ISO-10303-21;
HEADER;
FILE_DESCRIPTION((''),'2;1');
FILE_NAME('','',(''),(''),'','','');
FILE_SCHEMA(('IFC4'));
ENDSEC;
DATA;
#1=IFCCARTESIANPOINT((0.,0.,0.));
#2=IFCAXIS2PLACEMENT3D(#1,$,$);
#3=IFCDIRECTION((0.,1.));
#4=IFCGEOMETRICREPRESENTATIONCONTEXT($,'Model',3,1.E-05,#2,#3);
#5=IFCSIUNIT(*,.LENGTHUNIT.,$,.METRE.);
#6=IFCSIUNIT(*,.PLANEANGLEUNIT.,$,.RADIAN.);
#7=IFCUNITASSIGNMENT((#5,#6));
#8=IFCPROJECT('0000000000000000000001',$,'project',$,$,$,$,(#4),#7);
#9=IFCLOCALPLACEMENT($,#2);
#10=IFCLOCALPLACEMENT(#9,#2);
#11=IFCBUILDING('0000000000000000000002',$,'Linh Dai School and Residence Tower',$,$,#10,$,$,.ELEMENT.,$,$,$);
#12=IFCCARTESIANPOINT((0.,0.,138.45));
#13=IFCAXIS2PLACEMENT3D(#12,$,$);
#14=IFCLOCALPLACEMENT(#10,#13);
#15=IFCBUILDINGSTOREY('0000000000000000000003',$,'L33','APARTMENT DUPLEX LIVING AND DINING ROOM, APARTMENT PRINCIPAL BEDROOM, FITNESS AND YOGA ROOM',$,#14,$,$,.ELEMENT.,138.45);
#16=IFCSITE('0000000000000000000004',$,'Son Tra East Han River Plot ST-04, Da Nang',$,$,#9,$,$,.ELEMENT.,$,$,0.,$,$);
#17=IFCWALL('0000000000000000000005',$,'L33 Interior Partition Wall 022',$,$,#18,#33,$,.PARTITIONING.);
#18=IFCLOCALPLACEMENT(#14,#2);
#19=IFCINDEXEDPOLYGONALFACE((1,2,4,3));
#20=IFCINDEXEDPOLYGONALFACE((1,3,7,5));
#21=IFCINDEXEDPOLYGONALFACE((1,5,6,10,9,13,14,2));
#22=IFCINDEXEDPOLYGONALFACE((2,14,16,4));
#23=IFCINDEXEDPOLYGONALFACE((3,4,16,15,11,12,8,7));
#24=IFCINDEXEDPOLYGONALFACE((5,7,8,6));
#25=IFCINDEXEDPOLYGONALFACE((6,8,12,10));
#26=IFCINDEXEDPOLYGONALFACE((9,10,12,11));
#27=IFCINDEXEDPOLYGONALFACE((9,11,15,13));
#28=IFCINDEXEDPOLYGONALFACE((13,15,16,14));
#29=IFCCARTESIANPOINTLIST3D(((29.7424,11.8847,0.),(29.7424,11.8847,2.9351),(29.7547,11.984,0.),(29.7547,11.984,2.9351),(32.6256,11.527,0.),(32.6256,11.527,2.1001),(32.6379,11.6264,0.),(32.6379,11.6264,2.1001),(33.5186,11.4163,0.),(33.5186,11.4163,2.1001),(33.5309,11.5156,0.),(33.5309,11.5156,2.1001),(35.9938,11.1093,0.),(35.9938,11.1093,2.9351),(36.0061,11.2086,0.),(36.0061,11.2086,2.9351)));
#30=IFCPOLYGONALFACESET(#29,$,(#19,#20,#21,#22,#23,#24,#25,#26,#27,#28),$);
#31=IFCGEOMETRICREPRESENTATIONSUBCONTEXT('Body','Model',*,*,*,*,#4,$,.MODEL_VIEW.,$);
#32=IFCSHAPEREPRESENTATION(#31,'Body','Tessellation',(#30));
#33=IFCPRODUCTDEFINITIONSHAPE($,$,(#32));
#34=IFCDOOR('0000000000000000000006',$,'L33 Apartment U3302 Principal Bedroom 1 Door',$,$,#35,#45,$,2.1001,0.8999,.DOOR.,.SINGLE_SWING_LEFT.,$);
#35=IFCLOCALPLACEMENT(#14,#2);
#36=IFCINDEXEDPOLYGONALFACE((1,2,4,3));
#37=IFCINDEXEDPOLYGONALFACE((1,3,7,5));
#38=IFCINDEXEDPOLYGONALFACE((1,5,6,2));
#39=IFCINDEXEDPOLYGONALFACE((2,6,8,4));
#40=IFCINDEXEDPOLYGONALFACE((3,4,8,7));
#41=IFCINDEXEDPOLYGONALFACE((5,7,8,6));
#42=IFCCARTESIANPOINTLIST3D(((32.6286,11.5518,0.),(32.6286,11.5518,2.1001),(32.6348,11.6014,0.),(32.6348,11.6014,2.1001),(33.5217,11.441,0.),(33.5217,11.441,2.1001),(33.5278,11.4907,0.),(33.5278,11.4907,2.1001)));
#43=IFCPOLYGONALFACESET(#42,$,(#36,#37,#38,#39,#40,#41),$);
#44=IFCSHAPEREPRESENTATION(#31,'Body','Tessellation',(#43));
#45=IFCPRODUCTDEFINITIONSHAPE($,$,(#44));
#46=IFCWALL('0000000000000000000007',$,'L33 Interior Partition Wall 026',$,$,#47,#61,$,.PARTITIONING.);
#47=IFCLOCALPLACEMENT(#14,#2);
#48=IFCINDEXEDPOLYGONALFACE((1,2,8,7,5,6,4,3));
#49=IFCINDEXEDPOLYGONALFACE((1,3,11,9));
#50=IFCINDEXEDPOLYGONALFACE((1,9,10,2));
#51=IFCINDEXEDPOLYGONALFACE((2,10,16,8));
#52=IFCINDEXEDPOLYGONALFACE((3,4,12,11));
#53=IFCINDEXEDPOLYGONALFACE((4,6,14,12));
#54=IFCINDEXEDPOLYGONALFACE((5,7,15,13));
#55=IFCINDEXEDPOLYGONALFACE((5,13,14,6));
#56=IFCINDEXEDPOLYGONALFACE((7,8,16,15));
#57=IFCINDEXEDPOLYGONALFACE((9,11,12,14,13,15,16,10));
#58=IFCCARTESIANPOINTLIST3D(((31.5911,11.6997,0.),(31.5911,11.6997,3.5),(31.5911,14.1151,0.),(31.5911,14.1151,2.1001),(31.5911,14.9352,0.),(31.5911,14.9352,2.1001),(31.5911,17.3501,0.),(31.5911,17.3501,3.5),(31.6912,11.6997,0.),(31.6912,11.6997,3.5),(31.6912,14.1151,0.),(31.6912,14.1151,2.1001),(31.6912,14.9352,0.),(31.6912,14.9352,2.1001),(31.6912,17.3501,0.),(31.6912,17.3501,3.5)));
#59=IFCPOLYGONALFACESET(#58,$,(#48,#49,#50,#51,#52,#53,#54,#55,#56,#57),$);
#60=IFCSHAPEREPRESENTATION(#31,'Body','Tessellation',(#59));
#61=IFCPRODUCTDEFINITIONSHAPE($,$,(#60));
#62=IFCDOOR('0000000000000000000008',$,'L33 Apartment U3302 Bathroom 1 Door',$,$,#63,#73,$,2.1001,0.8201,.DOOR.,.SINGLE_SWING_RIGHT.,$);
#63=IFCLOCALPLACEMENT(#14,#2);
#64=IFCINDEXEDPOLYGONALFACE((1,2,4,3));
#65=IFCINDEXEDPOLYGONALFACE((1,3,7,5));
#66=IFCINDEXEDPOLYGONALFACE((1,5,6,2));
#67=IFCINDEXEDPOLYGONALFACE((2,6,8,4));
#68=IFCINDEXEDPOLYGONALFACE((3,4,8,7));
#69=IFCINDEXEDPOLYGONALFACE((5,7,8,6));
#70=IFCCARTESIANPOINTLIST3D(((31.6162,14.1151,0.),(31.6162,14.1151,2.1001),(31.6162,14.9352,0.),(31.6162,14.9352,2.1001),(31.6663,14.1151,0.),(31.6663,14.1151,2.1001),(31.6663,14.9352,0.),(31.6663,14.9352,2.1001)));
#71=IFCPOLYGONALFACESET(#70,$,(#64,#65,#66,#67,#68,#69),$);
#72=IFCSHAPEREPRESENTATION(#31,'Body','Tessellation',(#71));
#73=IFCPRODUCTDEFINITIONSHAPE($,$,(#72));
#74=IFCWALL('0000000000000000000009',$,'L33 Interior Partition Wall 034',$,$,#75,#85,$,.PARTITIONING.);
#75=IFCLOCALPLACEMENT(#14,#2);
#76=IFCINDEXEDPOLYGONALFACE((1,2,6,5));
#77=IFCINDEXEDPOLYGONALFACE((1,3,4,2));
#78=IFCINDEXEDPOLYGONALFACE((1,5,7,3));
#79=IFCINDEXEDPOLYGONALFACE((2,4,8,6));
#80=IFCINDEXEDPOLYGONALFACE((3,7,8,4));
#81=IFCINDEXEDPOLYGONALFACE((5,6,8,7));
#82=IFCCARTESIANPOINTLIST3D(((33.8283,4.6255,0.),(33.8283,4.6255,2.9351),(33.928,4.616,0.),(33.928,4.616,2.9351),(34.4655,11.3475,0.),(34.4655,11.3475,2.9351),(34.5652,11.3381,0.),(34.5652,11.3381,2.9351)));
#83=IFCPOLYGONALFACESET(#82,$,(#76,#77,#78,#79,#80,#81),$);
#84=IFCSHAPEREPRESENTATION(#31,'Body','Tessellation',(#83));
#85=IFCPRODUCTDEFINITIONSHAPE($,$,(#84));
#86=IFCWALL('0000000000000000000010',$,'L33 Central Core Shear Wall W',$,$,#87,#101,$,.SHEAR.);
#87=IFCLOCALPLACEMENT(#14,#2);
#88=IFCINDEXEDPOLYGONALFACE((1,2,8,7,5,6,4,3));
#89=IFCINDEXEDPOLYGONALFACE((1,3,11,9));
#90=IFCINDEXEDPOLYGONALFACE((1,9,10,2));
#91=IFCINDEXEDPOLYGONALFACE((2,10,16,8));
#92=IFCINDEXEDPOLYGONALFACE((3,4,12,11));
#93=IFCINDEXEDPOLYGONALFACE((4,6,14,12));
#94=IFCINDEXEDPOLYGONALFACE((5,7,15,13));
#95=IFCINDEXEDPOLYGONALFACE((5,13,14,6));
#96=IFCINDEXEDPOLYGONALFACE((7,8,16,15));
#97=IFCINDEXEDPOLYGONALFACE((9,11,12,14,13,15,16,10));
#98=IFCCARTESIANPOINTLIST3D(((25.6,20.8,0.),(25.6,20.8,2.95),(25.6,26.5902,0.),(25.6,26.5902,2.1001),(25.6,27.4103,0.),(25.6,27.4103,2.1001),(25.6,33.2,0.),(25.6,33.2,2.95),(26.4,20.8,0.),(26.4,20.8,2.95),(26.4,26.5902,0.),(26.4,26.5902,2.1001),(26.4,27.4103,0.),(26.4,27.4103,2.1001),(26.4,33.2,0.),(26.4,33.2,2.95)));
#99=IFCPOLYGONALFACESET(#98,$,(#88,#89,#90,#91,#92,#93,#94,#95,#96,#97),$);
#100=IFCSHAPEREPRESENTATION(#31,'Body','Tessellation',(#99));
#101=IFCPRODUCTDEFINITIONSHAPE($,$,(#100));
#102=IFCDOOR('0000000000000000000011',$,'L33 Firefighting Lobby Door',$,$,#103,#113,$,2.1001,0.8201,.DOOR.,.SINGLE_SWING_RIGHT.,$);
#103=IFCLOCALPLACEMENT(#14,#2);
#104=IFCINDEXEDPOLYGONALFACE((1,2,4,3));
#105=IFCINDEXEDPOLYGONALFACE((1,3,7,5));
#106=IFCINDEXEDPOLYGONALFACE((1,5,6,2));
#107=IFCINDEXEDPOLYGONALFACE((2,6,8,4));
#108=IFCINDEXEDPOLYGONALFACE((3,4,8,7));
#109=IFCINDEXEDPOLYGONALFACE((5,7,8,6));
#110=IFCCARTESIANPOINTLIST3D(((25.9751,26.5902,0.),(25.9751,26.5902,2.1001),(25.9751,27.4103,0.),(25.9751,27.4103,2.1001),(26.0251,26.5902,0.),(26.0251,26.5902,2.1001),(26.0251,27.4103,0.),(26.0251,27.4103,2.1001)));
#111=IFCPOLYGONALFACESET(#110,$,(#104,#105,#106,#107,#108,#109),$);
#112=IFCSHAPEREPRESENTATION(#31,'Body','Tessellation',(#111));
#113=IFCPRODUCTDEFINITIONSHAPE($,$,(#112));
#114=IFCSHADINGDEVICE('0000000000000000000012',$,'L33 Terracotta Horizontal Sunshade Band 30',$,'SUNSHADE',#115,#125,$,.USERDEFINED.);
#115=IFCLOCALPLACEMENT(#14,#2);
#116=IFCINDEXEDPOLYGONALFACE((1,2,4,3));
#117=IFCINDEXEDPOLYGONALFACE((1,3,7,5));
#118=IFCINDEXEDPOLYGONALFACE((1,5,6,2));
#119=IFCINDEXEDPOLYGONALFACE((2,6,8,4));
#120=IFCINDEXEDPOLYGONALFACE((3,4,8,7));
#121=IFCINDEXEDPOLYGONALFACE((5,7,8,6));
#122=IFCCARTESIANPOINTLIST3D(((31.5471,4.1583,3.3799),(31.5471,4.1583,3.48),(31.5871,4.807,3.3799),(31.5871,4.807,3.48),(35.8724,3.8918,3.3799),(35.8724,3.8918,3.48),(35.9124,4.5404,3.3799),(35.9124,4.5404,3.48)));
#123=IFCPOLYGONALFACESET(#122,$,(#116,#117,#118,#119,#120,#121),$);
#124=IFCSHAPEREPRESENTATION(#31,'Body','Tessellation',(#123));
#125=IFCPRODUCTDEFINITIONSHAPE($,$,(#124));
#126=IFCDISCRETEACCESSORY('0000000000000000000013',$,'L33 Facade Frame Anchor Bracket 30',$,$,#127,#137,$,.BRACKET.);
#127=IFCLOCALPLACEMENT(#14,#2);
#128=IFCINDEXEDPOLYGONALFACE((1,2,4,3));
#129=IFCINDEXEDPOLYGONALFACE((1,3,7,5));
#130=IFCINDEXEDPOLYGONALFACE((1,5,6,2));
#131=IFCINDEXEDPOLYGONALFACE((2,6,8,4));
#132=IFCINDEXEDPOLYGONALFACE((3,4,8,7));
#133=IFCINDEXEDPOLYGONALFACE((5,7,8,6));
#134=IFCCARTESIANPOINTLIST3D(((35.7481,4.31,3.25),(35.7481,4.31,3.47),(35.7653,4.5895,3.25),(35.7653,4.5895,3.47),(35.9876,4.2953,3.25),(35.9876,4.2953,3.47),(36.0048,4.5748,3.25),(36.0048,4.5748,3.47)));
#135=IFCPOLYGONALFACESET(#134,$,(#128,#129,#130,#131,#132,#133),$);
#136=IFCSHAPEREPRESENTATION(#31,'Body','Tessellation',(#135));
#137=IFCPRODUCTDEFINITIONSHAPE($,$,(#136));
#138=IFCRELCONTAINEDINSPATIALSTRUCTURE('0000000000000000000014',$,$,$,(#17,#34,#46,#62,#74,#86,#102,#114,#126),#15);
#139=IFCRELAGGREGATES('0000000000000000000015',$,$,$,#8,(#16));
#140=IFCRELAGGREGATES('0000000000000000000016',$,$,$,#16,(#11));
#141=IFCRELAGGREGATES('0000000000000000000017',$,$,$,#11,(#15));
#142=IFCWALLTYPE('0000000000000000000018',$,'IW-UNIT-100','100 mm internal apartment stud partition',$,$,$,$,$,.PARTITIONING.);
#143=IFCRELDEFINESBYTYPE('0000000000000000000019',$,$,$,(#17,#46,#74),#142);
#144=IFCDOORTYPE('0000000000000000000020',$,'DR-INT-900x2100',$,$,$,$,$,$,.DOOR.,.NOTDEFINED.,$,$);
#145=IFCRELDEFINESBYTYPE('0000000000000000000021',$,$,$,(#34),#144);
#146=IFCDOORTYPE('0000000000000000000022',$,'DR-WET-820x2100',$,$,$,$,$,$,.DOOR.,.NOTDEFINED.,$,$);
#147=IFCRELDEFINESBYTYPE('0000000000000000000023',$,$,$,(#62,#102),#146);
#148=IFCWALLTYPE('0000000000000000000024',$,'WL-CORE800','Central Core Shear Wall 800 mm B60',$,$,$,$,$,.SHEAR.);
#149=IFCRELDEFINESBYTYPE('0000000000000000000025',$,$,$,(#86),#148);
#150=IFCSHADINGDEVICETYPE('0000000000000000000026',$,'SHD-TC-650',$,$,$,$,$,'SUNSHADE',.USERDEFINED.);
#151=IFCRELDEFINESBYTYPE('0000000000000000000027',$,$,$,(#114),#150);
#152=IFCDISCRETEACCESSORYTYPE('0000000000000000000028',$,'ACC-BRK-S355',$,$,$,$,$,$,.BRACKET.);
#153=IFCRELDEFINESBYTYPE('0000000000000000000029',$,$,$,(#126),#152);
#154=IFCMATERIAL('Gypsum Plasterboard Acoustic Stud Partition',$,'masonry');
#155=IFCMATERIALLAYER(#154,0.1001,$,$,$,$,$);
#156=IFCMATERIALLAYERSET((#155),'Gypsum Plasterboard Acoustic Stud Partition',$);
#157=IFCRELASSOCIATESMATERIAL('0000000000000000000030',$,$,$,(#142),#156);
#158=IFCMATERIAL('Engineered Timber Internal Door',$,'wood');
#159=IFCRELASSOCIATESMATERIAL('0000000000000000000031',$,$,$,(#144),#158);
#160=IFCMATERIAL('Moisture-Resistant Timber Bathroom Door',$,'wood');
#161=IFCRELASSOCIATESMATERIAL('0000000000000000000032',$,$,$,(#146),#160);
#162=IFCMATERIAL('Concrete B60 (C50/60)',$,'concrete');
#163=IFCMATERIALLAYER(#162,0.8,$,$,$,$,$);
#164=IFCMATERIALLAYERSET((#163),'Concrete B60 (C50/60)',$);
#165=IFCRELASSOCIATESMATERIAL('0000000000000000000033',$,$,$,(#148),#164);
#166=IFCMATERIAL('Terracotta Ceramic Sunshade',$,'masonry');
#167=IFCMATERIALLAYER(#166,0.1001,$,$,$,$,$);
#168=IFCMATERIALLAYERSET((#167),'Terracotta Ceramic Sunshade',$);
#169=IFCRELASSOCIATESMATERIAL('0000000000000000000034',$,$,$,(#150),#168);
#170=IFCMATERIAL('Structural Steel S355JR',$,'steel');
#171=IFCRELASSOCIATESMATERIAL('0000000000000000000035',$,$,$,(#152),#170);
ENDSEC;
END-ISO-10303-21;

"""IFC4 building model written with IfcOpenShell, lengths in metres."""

from ifc_helpers import new_model, si_unit, direction, frame, frame_2d, origin, origin_2d, place, context, subcontext, project, spatial, rectangle, extrude, source, transform, mapped, material, layer, layer_set, type_object, element, fill, save


model = new_model("IFC4")

# Units and contexts
model_context = context("Model", 3, precision=1e-05, world=origin(), true_north=direction((0.0, 1.0)))
body_context = subcontext(model_context, "Body", "Model", "MODEL_VIEW")
ifc_project = project(units=[si_unit("LENGTHUNIT", "METRE"), si_unit("PLANEANGLEUNIT", "RADIAN")], contexts=[model_context])

# Site, building, storey
site_placement = place(None, origin())
site = spatial("IfcSite", under=ifc_project, at=site_placement, Name="Son Tra East Han River Plot ST-04, Da Nang", CompositionType="ELEMENT", RefElevation=0.0)
building_placement = place(site_placement, origin())
building = spatial("IfcBuilding", under=site, at=building_placement, Name="Linh Dai School and Residence Tower", CompositionType="ELEMENT")
storey_placement = place(building_placement, frame((0.0, 0.0, 138.45)))
storey = spatial("IfcBuildingStorey", under=building, at=storey_placement, Name="L33", Description="APARTMENT DUPLEX LIVING AND DINING ROOM, APARTMENT PRINCIPAL BEDROOM, FITNESS AND YOGA ROOM", CompositionType="ELEMENT", Elevation=138.45)

# Shared definitions
ifc_material_1 = material(Name="Structural Steel S355JR", Category="steel")

# Shared definitions
ifc_material_2 = material(Name="Gypsum Plasterboard Acoustic Stud Partition", Category="masonry")
ifc_layer_1 = layer(ifc_material_2, 0.1001)
ifc_layer_set_1 = layer_set([ifc_layer_1], Name="Gypsum Plasterboard Acoustic Stud Partition")
wall_type_1 = type_object("IfcWallType", Name="IW-UNIT-100", Description="100 mm internal apartment stud partition", PredefinedType="PARTITIONING", material=ifc_layer_set_1)

# Walls, openings, doors
wall_1_placement = place(storey_placement, frame((29.7485, 11.9343, 0.0), z_axis=(0.0, 0.0, 1.0), x_axis=(0.992395, -0.12309, 0.0)))
wall_1 = element("IfcWall", 1, at=wall_1_placement, inside=storey, type_object=wall_type_1, Name="L33 Interior Partition Wall 022", PredefinedType="PARTITIONING", context=body_context, shape_type="SweptSolid", body=[
    extrude(rectangle(XDim=6.2993, YDim=0.1001, at=frame_2d((3.1497, 0.0))), origin(), (0.0, 0.0, 1.0), 2.9351),
])
opening_1_placement = place(wall_1_placement, frame((2.9053, 0.0, 0.0)))
opening_1 = element("IfcOpeningElement", 2, at=opening_1_placement, cuts=wall_1, PredefinedType="OPENING", context=body_context, shape_type="SweptSolid", body=[
    extrude(rectangle(XDim=0.8999, YDim=2.1001, at=origin_2d()), frame((0.45, 0.0601, 1.05), z_axis=(0.0, -1.0, 0.0), x_axis=(1.0, 0.0, 0.0)), (0.0, 0.0, 1.0), 0.1201),
])
ifc_material_3 = material(Name="Engineered Timber Internal Door", Category="wood")
door_type_1 = type_object("IfcDoorType", Name="DR-INT-900x2100", OperationType="NOTDEFINED", PredefinedType="DOOR", material=ifc_material_3)
shared_shape_1 = source(origin(), body_context, "Body", "SweptSolid", [
    extrude(rectangle(XDim=0.8999, YDim=2.1001, at=origin_2d()), frame((0.45, 0.0249, 1.05), z_axis=(0.0, -1.0, 0.0), x_axis=(1.0, 0.0, 0.0)), (0.0, 0.0, 1.0), 0.05),
])
door_1_placement = place(opening_1_placement, origin())
door_1 = element("IfcDoor", 3, at=door_1_placement, inside=storey, type_object=door_type_1, Name="L33 Apartment U3302 Principal Bedroom 1 Door", OperationType="SINGLE_SWING_LEFT", OverallHeight=2.1001, OverallWidth=0.8999, PredefinedType="DOOR", context=body_context, shape_type="MappedRepresentation", body=[
    mapped(shared_shape_1, transform((0.0, 0.0, 0.0), x_axis=(1.0, 0.0, 0.0), y_axis=(0.0, 1.0, 0.0), z_axis=(0.0, 0.0, 1.0), scale=1.0)),
])
fill(opening_1, door_1)
wall_2_placement = place(storey_placement, frame((31.6411, 11.6997, 0.0), z_axis=(0.0, 0.0, 1.0), x_axis=(0.0, 1.0, 0.0)))
wall_2 = element("IfcWall", 4, at=wall_2_placement, inside=storey, type_object=wall_type_1, Name="L33 Interior Partition Wall 026", PredefinedType="PARTITIONING", context=body_context, shape_type="SweptSolid", body=[
    extrude(rectangle(XDim=5.6504, YDim=0.1001, at=frame_2d((2.8252, 0.0))), origin(), (0.0, 0.0, 1.0), 3.5),
])
opening_2_placement = place(wall_2_placement, frame((2.4153, 0.0, 0.0)))
opening_2 = element("IfcOpeningElement", 5, at=opening_2_placement, cuts=wall_2, PredefinedType="OPENING", context=body_context, shape_type="SweptSolid", body=[
    extrude(rectangle(XDim=0.8201, YDim=2.1001, at=origin_2d()), frame((0.4102, 0.0601, 1.05), z_axis=(0.0, -1.0, 0.0), x_axis=(1.0, 0.0, 0.0)), (0.0, 0.0, 1.0), 0.1201),
])
ifc_material_4 = material(Name="Moisture-Resistant Timber Bathroom Door", Category="wood")
door_type_2 = type_object("IfcDoorType", Name="DR-WET-820x2100", OperationType="NOTDEFINED", PredefinedType="DOOR", material=ifc_material_4)
shared_shape_2 = source(origin(), body_context, "Body", "SweptSolid", [
    extrude(rectangle(XDim=0.8201, YDim=2.1001, at=origin_2d()), frame((0.4102, 0.0249, 1.05), z_axis=(0.0, -1.0, 0.0), x_axis=(1.0, 0.0, 0.0)), (0.0, 0.0, 1.0), 0.05),
])
door_2_placement = place(opening_2_placement, origin())
door_2 = element("IfcDoor", 6, at=door_2_placement, inside=storey, type_object=door_type_2, Name="L33 Apartment U3302 Bathroom 1 Door", OperationType="SINGLE_SWING_RIGHT", OverallHeight=2.1001, OverallWidth=0.8201, PredefinedType="DOOR", context=body_context, shape_type="MappedRepresentation", body=[
    mapped(shared_shape_2, transform((0.0, 0.0, 0.0), x_axis=(1.0, 0.0, 0.0), y_axis=(0.0, 1.0, 0.0), z_axis=(0.0, 0.0, 1.0), scale=1.0)),
])
fill(opening_2, door_2)

# Wall
wall_3_placement = place(storey_placement, frame((33.8782, 4.6208, 0.0), z_axis=(0.0, 0.0, 1.0), x_axis=(0.094369, 0.995537, 0.0)))
element("IfcWall", 7, at=wall_3_placement, inside=storey, type_object=wall_type_1, Name="L33 Interior Partition Wall 034", PredefinedType="PARTITIONING", context=body_context, shape_type="SweptSolid", body=[
    extrude(rectangle(XDim=6.7522, YDim=0.1001, at=frame_2d((3.376, 0.0))), origin(), (0.0, 0.0, 1.0), 2.9351),
])

# Wall, opening, door
ifc_material_5 = material(Name="Concrete B60 (C50/60)", Category="concrete")
ifc_layer_2 = layer(ifc_material_5, 0.8)
ifc_layer_set_2 = layer_set([ifc_layer_2], Name="Concrete B60 (C50/60)")
wall_type_2 = type_object("IfcWallType", Name="WL-CORE800", Description="Central Core Shear Wall 800 mm B60", PredefinedType="SHEAR", material=ifc_layer_set_2)
wall_4_placement = place(storey_placement, frame((26.0, 20.8, 0.0), z_axis=(0.0, 0.0, 1.0), x_axis=(0.0, 1.0, 0.0)))
wall_4 = element("IfcWall", 8, at=wall_4_placement, inside=storey, type_object=wall_type_2, Name="L33 Central Core Shear Wall W", PredefinedType="SHEAR", context=body_context, shape_type="SweptSolid", body=[
    extrude(rectangle(XDim=12.3999, YDim=0.8, at=frame_2d((6.2, 0.0))), origin(), (0.0, 0.0, 1.0), 2.95),
])
opening_3_placement = place(wall_4_placement, frame((5.79, 0.0, 0.0)))
opening_3 = element("IfcOpeningElement", 9, at=opening_3_placement, cuts=wall_4, PredefinedType="OPENING", context=body_context, shape_type="SweptSolid", body=[
    extrude(rectangle(XDim=0.8201, YDim=2.1001, at=origin_2d()), frame((0.4102, 0.4102, 1.05), z_axis=(0.0, -1.0, 0.0), x_axis=(1.0, 0.0, 0.0)), (0.0, 0.0, 1.0), 0.8201),
])
door_3_placement = place(opening_3_placement, origin())
door_3 = element("IfcDoor", 10, at=door_3_placement, inside=storey, type_object=door_type_2, Name="L33 Firefighting Lobby Door", OperationType="SINGLE_SWING_RIGHT", OverallHeight=2.1001, OverallWidth=0.8201, PredefinedType="DOOR", context=body_context, shape_type="MappedRepresentation", body=[
    mapped(shared_shape_2, transform((0.0, 0.0, 0.0), x_axis=(1.0, 0.0, 0.0), y_axis=(0.0, 1.0, 0.0), z_axis=(0.0, 0.0, 1.0), scale=1.0)),
])
fill(opening_3, door_3)

# Shading device
ifc_material_6 = material(Name="Terracotta Ceramic Sunshade", Category="masonry")
ifc_layer_3 = layer(ifc_material_6, 0.1001)
ifc_layer_set_3 = layer_set([ifc_layer_3], Name="Terracotta Ceramic Sunshade")
shading_device_type = type_object("IfcShadingDeviceType", Name="SHD-TC-650", ElementType="SUNSHADE", PredefinedType="USERDEFINED", material=ifc_layer_set_3)
shared_shape_3 = source(origin(), body_context, "Body", "SweptSolid", [
    extrude(rectangle(XDim=4.3335, YDim=0.6499, at=origin_2d()), origin(), (0.0, 0.0, 1.0), 0.1001),
])
shading_device_placement = place(storey_placement, frame((33.7297, 4.3494, 3.3799), z_axis=(0.0, 0.0, 1.0), x_axis=(-0.998107, 0.061509, 0.0)))
element("IfcShadingDevice", 11, at=shading_device_placement, inside=storey, type_object=shading_device_type, Name="L33 Terracotta Horizontal Sunshade Band 30", ObjectType="SUNSHADE", PredefinedType="USERDEFINED", context=body_context, shape_type="MappedRepresentation", body=[
    mapped(shared_shape_3, transform((0.0, 0.0, 0.0), x_axis=(1.0, 0.0, 0.0), y_axis=(0.0, 1.0, 0.0), z_axis=(0.0, 0.0, 1.0), scale=1.0)),
])

# Discrete accessory
discrete_accessory_type = type_object("IfcDiscreteAccessoryType", Name="ACC-BRK-S355", PredefinedType="BRACKET", material=ifc_material_1)
shared_shape_4 = source(origin(), body_context, "Body", "SweptSolid", [
    extrude(rectangle(XDim=0.28, YDim=0.24, at=origin_2d()), origin(), (0.0, 0.0, 1.0), 0.22),
])
discrete_accessory_placement = place(storey_placement, frame((35.8765, 4.4424, 3.25), z_axis=(0.0, 0.0, 1.0), x_axis=(-0.061509, -0.998107, 0.0)))
element("IfcDiscreteAccessory", 12, at=discrete_accessory_placement, inside=storey, type_object=discrete_accessory_type, Name="L33 Facade Frame Anchor Bracket 30", PredefinedType="BRACKET", context=body_context, shape_type="MappedRepresentation", body=[
    mapped(shared_shape_4, transform((0.0, 0.0, 0.0), x_axis=(1.0, 0.0, 0.0), y_axis=(0.0, 1.0, 0.0), z_axis=(0.0, 0.0, 1.0), scale=1.0)),
])

save(model, "model.ifc")
